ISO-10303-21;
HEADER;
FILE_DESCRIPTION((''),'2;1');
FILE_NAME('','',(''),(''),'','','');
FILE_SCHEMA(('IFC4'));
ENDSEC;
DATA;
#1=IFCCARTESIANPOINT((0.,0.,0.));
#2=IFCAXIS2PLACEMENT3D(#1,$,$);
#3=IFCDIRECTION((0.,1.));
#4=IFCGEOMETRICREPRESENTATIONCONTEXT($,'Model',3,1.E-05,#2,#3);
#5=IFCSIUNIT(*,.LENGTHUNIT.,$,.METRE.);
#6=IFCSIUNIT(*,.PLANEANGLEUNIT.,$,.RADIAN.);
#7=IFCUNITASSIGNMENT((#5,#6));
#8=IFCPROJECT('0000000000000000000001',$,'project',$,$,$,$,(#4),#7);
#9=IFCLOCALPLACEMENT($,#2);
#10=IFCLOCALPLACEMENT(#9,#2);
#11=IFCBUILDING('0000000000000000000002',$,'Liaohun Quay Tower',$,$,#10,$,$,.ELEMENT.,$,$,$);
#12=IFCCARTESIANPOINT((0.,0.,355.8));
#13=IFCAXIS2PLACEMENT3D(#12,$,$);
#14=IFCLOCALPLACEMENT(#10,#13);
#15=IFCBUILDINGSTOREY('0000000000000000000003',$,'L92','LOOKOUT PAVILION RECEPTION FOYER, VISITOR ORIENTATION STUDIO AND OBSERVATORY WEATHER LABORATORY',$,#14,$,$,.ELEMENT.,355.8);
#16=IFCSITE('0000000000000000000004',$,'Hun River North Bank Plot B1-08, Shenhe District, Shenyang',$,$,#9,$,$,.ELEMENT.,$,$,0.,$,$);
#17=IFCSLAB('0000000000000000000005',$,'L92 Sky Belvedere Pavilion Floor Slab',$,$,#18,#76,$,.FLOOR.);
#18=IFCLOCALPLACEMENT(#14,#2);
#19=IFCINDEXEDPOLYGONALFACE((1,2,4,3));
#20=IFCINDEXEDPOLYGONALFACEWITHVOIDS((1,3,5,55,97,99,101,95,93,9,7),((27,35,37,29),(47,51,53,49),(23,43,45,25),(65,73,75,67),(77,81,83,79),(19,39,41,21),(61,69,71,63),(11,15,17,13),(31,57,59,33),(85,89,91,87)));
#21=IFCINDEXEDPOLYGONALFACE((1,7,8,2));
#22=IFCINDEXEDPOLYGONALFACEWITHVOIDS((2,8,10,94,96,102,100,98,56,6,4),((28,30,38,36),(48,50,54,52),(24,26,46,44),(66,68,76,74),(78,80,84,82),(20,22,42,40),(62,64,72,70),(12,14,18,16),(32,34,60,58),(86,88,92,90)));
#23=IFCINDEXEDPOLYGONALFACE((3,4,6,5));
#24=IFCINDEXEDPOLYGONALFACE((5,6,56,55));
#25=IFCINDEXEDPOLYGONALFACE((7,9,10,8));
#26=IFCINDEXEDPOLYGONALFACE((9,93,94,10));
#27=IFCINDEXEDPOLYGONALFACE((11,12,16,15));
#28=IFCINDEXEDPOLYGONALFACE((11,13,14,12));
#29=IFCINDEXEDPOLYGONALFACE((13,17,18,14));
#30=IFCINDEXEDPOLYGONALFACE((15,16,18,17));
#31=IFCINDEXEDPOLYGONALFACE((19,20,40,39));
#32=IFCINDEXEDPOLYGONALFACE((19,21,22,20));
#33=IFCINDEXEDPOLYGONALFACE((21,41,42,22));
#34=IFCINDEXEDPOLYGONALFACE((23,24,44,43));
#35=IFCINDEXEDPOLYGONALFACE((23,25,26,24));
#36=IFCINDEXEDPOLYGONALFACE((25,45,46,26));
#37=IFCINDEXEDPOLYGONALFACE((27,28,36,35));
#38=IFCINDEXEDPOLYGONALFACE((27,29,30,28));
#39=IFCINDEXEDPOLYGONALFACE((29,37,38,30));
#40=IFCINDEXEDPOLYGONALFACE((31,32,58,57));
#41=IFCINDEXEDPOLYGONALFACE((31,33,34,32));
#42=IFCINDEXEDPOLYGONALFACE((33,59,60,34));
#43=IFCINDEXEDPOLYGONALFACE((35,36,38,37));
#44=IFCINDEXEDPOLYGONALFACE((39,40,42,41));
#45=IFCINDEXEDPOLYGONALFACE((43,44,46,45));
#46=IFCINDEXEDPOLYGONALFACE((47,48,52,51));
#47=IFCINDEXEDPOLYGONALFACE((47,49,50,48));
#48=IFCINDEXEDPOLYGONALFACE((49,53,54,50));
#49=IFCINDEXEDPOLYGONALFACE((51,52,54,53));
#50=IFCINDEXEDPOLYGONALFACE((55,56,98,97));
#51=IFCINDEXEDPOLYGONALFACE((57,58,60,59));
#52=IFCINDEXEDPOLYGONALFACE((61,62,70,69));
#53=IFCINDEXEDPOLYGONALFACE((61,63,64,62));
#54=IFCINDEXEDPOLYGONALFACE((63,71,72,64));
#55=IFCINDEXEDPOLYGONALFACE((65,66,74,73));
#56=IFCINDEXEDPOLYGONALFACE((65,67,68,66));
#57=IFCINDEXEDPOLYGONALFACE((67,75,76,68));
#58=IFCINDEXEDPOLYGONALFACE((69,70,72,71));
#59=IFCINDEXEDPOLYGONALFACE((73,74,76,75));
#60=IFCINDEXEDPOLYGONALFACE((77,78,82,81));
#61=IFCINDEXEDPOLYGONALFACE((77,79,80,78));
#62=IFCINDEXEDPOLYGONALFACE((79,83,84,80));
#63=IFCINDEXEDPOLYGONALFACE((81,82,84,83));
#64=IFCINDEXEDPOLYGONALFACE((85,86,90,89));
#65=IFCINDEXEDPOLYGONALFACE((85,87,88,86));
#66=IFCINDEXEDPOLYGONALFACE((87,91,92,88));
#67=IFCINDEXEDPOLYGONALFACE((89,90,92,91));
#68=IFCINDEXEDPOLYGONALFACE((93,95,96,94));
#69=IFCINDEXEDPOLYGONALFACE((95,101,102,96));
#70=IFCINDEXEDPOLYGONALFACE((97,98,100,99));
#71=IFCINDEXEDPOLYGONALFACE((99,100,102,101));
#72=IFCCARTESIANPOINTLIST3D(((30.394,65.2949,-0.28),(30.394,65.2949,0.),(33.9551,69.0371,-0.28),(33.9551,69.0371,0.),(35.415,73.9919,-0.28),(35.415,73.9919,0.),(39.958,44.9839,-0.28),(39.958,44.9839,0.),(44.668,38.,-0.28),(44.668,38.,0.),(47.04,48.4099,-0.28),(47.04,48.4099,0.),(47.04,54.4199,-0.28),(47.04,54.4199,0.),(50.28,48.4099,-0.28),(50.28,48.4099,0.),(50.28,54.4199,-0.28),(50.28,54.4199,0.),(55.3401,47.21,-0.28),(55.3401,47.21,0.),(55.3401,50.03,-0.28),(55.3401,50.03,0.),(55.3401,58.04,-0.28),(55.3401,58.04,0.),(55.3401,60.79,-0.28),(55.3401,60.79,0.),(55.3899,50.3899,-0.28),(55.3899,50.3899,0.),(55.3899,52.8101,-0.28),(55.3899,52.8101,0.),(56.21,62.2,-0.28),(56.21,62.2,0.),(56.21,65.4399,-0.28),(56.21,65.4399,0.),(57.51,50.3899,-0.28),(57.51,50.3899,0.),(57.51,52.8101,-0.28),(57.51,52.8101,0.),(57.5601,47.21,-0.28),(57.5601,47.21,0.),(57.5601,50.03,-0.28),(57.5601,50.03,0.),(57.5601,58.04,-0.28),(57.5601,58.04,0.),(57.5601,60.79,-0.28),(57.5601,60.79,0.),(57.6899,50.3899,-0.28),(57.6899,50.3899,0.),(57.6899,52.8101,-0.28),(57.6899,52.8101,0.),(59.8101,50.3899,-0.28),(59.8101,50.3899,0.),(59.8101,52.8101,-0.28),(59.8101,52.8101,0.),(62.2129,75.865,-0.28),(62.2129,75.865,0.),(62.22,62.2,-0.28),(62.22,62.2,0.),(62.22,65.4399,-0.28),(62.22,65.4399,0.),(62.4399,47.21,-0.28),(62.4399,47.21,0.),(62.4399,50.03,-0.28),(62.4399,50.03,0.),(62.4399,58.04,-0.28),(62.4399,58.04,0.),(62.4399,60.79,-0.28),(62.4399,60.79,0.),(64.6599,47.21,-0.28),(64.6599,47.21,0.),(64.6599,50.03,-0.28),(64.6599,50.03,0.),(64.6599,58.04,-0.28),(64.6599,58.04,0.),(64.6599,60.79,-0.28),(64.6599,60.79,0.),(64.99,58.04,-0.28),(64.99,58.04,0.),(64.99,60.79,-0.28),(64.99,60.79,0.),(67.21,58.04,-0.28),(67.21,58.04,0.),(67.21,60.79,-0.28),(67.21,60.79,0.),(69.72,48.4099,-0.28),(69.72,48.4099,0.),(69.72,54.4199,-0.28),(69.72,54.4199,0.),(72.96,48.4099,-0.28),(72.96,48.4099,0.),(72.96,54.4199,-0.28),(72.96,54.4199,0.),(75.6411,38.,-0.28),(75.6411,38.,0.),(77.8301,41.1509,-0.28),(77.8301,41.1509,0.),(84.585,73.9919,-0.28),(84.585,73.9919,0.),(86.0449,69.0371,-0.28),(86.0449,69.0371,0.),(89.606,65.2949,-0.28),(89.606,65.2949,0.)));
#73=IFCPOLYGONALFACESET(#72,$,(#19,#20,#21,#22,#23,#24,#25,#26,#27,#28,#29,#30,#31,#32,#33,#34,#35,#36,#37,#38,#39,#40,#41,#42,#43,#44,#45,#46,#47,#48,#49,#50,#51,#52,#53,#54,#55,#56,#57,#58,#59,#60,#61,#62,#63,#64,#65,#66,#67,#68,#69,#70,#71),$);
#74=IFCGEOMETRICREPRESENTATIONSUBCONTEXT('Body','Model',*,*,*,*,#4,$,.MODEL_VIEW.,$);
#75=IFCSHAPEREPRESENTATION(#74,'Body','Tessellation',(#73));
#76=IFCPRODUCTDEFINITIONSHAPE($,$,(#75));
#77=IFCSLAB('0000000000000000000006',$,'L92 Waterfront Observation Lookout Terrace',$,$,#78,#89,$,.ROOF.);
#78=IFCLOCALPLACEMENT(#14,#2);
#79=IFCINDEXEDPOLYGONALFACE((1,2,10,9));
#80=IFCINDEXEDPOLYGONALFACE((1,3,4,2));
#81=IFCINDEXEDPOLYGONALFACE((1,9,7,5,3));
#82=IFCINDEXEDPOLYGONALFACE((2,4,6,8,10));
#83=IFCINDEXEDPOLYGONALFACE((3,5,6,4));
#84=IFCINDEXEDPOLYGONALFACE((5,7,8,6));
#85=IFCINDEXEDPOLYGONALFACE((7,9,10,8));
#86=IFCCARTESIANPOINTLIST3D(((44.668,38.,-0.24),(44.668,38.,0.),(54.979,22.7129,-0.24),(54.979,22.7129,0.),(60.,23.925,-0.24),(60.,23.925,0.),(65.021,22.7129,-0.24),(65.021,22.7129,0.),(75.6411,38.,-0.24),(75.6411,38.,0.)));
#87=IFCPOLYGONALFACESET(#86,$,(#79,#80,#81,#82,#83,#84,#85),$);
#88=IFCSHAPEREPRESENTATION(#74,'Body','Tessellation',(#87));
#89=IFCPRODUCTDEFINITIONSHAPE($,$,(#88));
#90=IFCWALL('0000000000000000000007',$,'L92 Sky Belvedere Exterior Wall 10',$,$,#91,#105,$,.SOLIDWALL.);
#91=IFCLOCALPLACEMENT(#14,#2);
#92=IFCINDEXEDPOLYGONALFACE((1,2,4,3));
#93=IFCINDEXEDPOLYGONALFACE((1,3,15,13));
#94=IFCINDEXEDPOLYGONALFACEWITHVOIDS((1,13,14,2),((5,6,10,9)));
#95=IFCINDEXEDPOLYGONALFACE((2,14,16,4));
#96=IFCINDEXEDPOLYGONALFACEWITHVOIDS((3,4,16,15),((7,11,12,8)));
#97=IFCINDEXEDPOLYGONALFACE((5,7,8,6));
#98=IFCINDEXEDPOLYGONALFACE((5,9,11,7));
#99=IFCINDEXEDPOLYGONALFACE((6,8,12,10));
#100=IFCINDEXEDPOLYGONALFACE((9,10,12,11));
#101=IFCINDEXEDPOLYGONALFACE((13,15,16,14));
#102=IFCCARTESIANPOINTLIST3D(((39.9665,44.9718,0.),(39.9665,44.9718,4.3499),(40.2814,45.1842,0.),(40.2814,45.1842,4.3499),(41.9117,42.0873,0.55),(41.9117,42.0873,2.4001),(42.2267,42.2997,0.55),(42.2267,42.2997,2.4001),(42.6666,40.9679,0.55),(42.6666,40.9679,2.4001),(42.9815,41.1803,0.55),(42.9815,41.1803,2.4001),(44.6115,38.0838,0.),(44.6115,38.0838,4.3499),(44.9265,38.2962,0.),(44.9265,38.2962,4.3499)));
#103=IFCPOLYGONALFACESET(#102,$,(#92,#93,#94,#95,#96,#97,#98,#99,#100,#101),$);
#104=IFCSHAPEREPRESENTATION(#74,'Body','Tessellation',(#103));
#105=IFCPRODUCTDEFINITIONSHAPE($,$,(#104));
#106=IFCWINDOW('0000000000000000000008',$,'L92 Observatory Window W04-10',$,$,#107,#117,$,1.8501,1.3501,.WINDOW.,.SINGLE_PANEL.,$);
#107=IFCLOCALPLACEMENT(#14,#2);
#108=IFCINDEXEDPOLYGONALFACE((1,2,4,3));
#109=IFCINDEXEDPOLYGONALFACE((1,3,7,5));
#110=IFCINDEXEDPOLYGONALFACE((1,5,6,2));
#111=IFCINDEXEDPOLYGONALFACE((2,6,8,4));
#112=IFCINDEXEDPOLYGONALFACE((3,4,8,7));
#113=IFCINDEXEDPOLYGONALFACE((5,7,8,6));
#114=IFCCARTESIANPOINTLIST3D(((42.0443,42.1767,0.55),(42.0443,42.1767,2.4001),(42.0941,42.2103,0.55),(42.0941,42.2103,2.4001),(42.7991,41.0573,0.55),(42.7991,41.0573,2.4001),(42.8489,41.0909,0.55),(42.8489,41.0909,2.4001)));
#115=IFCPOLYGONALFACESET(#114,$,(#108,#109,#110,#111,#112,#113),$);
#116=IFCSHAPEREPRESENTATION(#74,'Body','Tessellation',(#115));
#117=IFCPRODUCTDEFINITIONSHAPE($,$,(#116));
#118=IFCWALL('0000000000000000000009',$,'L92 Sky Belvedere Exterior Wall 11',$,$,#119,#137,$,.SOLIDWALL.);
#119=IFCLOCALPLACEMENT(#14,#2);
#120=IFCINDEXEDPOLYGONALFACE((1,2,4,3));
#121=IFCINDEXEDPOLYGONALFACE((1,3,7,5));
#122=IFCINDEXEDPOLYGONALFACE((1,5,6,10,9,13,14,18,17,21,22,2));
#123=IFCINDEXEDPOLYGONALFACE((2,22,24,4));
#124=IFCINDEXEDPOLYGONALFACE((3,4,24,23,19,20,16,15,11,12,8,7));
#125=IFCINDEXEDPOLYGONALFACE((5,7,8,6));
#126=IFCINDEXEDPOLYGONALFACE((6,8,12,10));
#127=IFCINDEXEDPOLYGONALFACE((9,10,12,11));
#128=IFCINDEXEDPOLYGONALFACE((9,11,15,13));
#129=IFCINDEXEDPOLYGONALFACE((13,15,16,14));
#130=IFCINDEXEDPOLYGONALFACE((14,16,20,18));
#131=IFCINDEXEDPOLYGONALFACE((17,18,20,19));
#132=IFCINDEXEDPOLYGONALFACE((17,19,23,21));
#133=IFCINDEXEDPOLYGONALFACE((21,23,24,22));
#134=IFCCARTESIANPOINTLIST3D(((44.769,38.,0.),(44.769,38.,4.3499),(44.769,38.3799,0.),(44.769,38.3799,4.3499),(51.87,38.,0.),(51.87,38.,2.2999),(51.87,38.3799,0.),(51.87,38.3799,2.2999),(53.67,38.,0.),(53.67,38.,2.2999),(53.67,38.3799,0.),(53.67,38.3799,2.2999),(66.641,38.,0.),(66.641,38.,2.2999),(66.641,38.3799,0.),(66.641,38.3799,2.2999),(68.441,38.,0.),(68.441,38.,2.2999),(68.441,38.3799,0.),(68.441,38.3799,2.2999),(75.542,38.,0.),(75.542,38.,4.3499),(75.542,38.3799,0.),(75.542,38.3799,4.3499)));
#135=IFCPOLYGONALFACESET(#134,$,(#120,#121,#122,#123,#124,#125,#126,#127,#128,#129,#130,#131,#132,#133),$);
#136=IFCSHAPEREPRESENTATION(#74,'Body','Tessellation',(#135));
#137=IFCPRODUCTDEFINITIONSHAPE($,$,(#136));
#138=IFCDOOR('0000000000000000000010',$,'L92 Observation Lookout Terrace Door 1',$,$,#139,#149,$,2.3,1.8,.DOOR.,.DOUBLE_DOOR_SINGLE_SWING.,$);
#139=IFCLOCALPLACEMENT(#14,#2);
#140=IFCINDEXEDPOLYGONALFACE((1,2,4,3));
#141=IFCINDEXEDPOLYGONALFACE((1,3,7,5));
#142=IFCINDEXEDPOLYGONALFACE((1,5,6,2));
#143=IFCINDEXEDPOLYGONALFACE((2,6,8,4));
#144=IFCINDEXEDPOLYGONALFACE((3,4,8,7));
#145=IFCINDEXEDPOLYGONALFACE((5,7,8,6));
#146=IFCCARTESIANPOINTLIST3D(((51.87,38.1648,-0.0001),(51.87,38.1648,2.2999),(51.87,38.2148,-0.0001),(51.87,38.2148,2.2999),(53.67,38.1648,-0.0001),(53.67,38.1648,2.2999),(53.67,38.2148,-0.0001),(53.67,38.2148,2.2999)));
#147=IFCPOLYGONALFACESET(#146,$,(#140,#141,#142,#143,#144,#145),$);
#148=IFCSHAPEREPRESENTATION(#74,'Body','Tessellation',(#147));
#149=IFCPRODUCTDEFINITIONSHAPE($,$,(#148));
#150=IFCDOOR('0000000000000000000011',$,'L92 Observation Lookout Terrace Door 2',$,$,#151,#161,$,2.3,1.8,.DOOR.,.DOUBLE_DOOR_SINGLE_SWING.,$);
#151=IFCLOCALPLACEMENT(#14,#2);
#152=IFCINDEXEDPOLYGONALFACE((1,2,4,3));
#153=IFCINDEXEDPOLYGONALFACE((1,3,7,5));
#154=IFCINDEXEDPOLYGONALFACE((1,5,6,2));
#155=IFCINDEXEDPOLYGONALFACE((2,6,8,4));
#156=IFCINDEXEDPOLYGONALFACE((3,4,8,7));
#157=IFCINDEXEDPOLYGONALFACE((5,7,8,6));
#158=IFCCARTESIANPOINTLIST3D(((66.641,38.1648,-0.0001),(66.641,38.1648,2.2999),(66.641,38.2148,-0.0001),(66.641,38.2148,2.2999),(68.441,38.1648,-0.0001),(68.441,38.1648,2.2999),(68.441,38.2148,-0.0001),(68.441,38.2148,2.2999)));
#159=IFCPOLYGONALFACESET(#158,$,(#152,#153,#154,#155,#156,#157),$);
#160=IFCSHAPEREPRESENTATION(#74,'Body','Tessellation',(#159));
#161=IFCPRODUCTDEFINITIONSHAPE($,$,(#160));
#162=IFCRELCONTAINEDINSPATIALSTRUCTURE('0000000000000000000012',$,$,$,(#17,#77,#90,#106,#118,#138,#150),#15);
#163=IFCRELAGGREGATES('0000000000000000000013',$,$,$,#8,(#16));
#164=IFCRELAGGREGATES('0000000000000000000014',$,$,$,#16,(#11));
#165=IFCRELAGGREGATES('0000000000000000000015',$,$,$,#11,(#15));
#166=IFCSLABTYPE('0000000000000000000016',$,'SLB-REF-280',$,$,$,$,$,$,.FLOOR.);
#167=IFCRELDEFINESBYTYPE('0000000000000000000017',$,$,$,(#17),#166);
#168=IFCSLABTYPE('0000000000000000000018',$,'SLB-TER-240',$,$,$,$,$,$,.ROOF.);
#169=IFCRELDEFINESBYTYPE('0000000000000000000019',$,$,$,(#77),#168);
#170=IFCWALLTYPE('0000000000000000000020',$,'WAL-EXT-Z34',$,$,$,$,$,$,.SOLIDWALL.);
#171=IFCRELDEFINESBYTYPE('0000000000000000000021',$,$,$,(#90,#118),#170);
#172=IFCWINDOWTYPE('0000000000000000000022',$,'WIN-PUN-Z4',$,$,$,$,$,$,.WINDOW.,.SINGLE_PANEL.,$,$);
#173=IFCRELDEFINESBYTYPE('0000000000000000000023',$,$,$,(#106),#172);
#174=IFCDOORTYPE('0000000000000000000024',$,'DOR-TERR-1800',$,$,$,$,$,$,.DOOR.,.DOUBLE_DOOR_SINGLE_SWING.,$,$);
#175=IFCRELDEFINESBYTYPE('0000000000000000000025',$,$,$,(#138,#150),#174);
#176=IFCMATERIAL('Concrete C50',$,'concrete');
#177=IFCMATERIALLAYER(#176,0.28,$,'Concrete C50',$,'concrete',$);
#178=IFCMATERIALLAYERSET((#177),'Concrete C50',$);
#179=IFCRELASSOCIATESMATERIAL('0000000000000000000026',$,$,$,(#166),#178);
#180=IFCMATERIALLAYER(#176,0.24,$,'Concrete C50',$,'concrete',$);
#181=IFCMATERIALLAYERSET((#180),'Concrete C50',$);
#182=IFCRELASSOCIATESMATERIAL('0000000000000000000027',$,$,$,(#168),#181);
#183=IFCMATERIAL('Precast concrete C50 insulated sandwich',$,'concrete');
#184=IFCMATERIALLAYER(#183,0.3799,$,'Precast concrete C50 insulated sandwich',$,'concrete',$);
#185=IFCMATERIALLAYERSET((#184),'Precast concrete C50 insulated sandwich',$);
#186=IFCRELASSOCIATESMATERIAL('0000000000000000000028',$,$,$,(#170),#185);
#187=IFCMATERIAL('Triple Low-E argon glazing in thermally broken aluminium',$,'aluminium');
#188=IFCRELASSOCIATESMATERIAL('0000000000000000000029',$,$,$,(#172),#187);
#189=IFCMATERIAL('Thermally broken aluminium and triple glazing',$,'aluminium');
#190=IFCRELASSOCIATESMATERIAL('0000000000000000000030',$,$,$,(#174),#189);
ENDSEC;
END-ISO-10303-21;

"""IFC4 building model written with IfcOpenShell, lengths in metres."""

from ifc_helpers import new_model, si_unit, direction, frame, frame_2d, origin, place, context, subcontext, project, spatial, polyline, rectangle, outline, extrude, source, transform, mapped, material, layer, layer_set, type_object, element, fill, save


model = new_model("IFC4")

# Units and contexts
model_context = context("Model", 3, precision=1e-05, world=origin(), true_north=direction((0.0, 1.0)))
body_context = subcontext(model_context, "Body", "Model", "MODEL_VIEW")
ifc_project = project(units=[si_unit("LENGTHUNIT", "METRE"), si_unit("PLANEANGLEUNIT", "RADIAN")], contexts=[model_context])

# Site, building, storey
site_placement = place(None, origin())
site = spatial("IfcSite", under=ifc_project, at=site_placement, Name="Hun River North Bank Plot B1-08, Shenhe District, Shenyang", CompositionType="ELEMENT", RefElevation=0.0)
building_placement = place(site_placement, origin())
building = spatial("IfcBuilding", under=site, at=building_placement, Name="Liaohun Quay Tower", CompositionType="ELEMENT")
storey_placement = place(building_placement, frame((0.0, 0.0, 355.8)))
storey = spatial("IfcBuildingStorey", under=building, at=storey_placement, Name="L92", Description="LOOKOUT PAVILION RECEPTION FOYER, VISITOR ORIENTATION STUDIO AND OBSERVATORY WEATHER LABORATORY", CompositionType="ELEMENT", Elevation=355.8)

# Shared definitions
ifc_material_1 = material(Name="Concrete C50", Category="concrete")

# Slabs
ifc_layer_1 = layer(ifc_material_1, 0.28, Name="Concrete C50", Category="concrete")
ifc_layer_set_1 = layer_set([ifc_layer_1], Name="Concrete C50")
slab_type_1 = type_object("IfcSlabType", Name="SLB-REF-280", PredefinedType="FLOOR", material=ifc_layer_set_1)
slab_1_placement = place(storey_placement, frame((0.0, 0.0, -0.28)))
element("IfcSlab", 1, at=slab_1_placement, inside=storey, type_object=slab_type_1, Name="L92 Sky Belvedere Pavilion Floor Slab", PredefinedType="FLOOR", context=body_context, shape_type="SweptSolid", body=[
    extrude(outline(polyline([(44.668, 38.0), (75.6411, 38.0), (77.8301, 41.1509), (89.606, 65.2949), (86.0449, 69.0371), (84.585, 73.9919), (62.2129, 75.865), (35.415, 73.9919), (33.9551, 69.0371), (30.394, 65.2949), (39.958, 44.9839), (44.668, 38.0)]), holes=[polyline([(57.5601, 50.03), (55.3401, 50.03), (55.3401, 47.21), (57.5601, 47.21), (57.5601, 50.03)]), polyline([(64.6599, 50.03), (62.4399, 50.03), (62.4399, 47.21), (64.6599, 47.21), (64.6599, 50.03)]), polyline([(47.04, 54.4199), (47.04, 48.4099), (50.28, 48.4099), (50.28, 54.4199), (47.04, 54.4199)]), polyline([(72.96, 54.4199), (69.72, 54.4199), (69.72, 48.4099), (72.96, 48.4099), (72.96, 54.4199)]), polyline([(57.51, 50.3899), (57.51, 52.8101), (55.3899, 52.8101), (55.3899, 50.3899), (57.51, 50.3899)]), polyline([(59.8101, 52.8101), (57.6899, 52.8101), (57.6899, 50.3899), (59.8101, 50.3899), (59.8101, 52.8101)]), polyline([(57.5601, 60.79), (55.3401, 60.79), (55.3401, 58.04), (57.5601, 58.04), (57.5601, 60.79)]), polyline([(64.6599, 60.79), (62.4399, 60.79), (62.4399, 58.04), (64.6599, 58.04), (64.6599, 60.79)]), polyline([(67.21, 58.04), (67.21, 60.79), (64.99, 60.79), (64.99, 58.04), (67.21, 58.04)]), polyline([(62.22, 62.2), (62.22, 65.4399), (56.21, 65.4399), (56.21, 62.2), (62.22, 62.2)])]), origin(), (0.0, 0.0, 1.0), 0.28),
])
ifc_layer_2 = layer(ifc_material_1, 0.24, Name="Concrete C50", Category="concrete")
ifc_layer_set_2 = layer_set([ifc_layer_2], Name="Concrete C50")
slab_type_2 = type_object("IfcSlabType", Name="SLB-TER-240", PredefinedType="ROOF", material=ifc_layer_set_2)
slab_2_placement = place(storey_placement, frame((0.0, 0.0, -0.24)))
element("IfcSlab", 2, at=slab_2_placement, inside=storey, type_object=slab_type_2, Name="L92 Waterfront Observation Lookout Terrace", PredefinedType="ROOF", context=body_context, shape_type="SweptSolid", body=[
    extrude(outline(polyline([(75.6411, 38.0), (44.668, 38.0), (54.979, 22.7129), (60.0, 23.925), (65.021, 22.7129), (75.6411, 38.0)])), origin(), (0.0, 0.0, 1.0), 0.24),
])

# Wall, opening, window
ifc_material_2 = material(Name="Precast concrete C50 insulated sandwich", Category="concrete")
ifc_layer_3 = layer(ifc_material_2, 0.3799, Name="Precast concrete C50 insulated sandwich", Category="concrete")
ifc_layer_set_3 = layer_set([ifc_layer_3], Name="Precast concrete C50 insulated sandwich")
wall_type_1 = type_object("IfcWallType", Name="WAL-EXT-Z34", PredefinedType="SOLIDWALL", material=ifc_layer_set_3)
wall_1_placement = place(storey_placement, frame((40.124, 45.0779, 0.0), z_axis=(0.0, 0.0, 1.0), x_axis=(0.559114, -0.829091, 0.0)))
wall_1 = element("IfcWall", 3, at=wall_1_placement, inside=storey, type_object=wall_type_1, Name="L92 Sky Belvedere Exterior Wall 10", PredefinedType="SOLIDWALL", context=body_context, shape_type="SweptSolid", body=[
    extrude(rectangle(XDim=8.3079, YDim=0.3799, at=frame_2d((4.1538, 0.0))), origin(), (0.0, 0.0, 1.0), 4.3499),
])
shared_shape_1 = source(origin(), body_context, "Body", "SweptSolid", [
    extrude(rectangle(XDim=1.3501, YDim=1.8501, at=frame_2d((0.675, 0.925))), frame((0.0, 0.2, 0.0), z_axis=(0.0, -1.0, 0.0), x_axis=(1.0, 0.0, 0.0)), (0.0, 0.0, 1.0), 0.3999),
])
opening_1_placement = place(wall_1_placement, frame((3.479, 0.0, 0.55)))
opening_1 = element("IfcOpeningElement", 4, at=opening_1_placement, cuts=wall_1, PredefinedType="OPENING", context=body_context, shape_type="MappedRepresentation", body=[
    mapped(shared_shape_1, transform((0.0, 0.0, 0.0), x_axis=(1.0, 0.0, 0.0), y_axis=(0.0, 1.0, 0.0), z_axis=(0.0, 0.0, 1.0), scale=1.0)),
])
ifc_material_3 = material(Name="Triple Low-E argon glazing in thermally broken aluminium", Category="aluminium")
window_type = type_object("IfcWindowType", Name="WIN-PUN-Z4", PartitioningType="SINGLE_PANEL", PredefinedType="WINDOW", material=ifc_material_3)
shared_shape_2 = source(origin(), body_context, "Body", "SweptSolid", [
    extrude(rectangle(XDim=1.3501, YDim=1.8501, at=frame_2d((0.675, 0.925))), frame((0.0, 0.03, 0.0), z_axis=(0.0, -1.0, 0.0), x_axis=(1.0, 0.0, 0.0)), (0.0, 0.0, 1.0), 0.0601),
])
window_placement = place(opening_1_placement, origin())
window = element("IfcWindow", 5, at=window_placement, inside=storey, type_object=window_type, Name="L92 Observatory Window W04-10", OverallHeight=1.8501, OverallWidth=1.3501, PartitioningType="SINGLE_PANEL", PredefinedType="WINDOW", context=body_context, shape_type="MappedRepresentation", body=[
    mapped(shared_shape_2, transform((0.0, 0.0, 0.0), x_axis=(1.0, 0.0, 0.0), y_axis=(0.0, 1.0, 0.0), z_axis=(0.0, 0.0, 1.0), scale=1.0)),
])
fill(opening_1, window)

# Wall, openings, doors
wall_2_placement = place(storey_placement, frame((44.769, 38.1899, 0.0), z_axis=(0.0, 0.0, 1.0), x_axis=(1.0, 0.0, 0.0)))
wall_2 = element("IfcWall", 6, at=wall_2_placement, inside=storey, type_object=wall_type_1, Name="L92 Sky Belvedere Exterior Wall 11", PredefinedType="SOLIDWALL", context=body_context, shape_type="SweptSolid", body=[
    extrude(rectangle(XDim=30.7729, YDim=0.3799, at=frame_2d((15.3865, 0.0))), origin(), (0.0, 0.0, 1.0), 4.3499),
])
shared_shape_3 = source(origin(), body_context, "Body", "SweptSolid", [
    extrude(rectangle(XDim=1.8, YDim=2.3, at=frame_2d((0.8999, 1.1499))), frame((0.0, 0.2, 0.0), z_axis=(0.0, -1.0, 0.0), x_axis=(1.0, 0.0, 0.0)), (0.0, 0.0, 1.0), 0.3999),
])
opening_2_placement = place(wall_2_placement, frame((7.1011, 0.0, 0.0)))
opening_2 = element("IfcOpeningElement", 7, at=opening_2_placement, cuts=wall_2, PredefinedType="OPENING", context=body_context, shape_type="MappedRepresentation", body=[
    mapped(shared_shape_3, transform((0.0, 0.0, 0.0), x_axis=(1.0, 0.0, 0.0), y_axis=(0.0, 1.0, 0.0), z_axis=(0.0, 0.0, 1.0), scale=1.0)),
])
opening_3_placement = place(wall_2_placement, frame((21.8721, 0.0, 0.0)))
opening_3 = element("IfcOpeningElement", 8, at=opening_3_placement, cuts=wall_2, PredefinedType="OPENING", context=body_context, shape_type="MappedRepresentation", body=[
    mapped(shared_shape_3, transform((0.0, 0.0, 0.0), x_axis=(1.0, 0.0, 0.0), y_axis=(0.0, 1.0, 0.0), z_axis=(0.0, 0.0, 1.0), scale=1.0)),
])
ifc_material_4 = material(Name="Thermally broken aluminium and triple glazing", Category="aluminium")
door_type_1 = type_object("IfcDoorType", Name="DOR-TERR-1800", OperationType="DOUBLE_DOOR_SINGLE_SWING", PredefinedType="DOOR", material=ifc_material_4)
shared_shape_4 = source(origin(), body_context, "Body", "SweptSolid", [
    extrude(rectangle(XDim=1.8, YDim=2.3, at=frame_2d((0.8999, 1.1499))), frame((0.0, 0.0249, 0.0), z_axis=(0.0, -1.0, 0.0), x_axis=(1.0, 0.0, 0.0)), (0.0, 0.0, 1.0), 0.05),
])
door_1_placement = place(opening_2_placement, origin())
door_1 = element("IfcDoor", 9, at=door_1_placement, inside=storey, type_object=door_type_1, Name="L92 Observation Lookout Terrace Door 1", OperationType="DOUBLE_DOOR_SINGLE_SWING", OverallHeight=2.3, OverallWidth=1.8, PredefinedType="DOOR", context=body_context, shape_type="MappedRepresentation", body=[
    mapped(shared_shape_4, transform((0.0, 0.0, 0.0), x_axis=(1.0, 0.0, 0.0), y_axis=(0.0, 1.0, 0.0), z_axis=(0.0, 0.0, 1.0), scale=1.0)),
])
fill(opening_2, door_1)
door_2_placement = place(opening_3_placement, origin())
door_2 = element("IfcDoor", 10, at=door_2_placement, inside=storey, type_object=door_type_1, Name="L92 Observation Lookout Terrace Door 2", OperationType="DOUBLE_DOOR_SINGLE_SWING", OverallHeight=2.3, OverallWidth=1.8, PredefinedType="DOOR", context=body_context, shape_type="MappedRepresentation", body=[
    mapped(shared_shape_4, transform((0.0, 0.0, 0.0), x_axis=(1.0, 0.0, 0.0), y_axis=(0.0, 1.0, 0.0), z_axis=(0.0, 0.0, 1.0), scale=1.0)),
])
fill(opening_3, door_2)

save(model, "model.ifc")
